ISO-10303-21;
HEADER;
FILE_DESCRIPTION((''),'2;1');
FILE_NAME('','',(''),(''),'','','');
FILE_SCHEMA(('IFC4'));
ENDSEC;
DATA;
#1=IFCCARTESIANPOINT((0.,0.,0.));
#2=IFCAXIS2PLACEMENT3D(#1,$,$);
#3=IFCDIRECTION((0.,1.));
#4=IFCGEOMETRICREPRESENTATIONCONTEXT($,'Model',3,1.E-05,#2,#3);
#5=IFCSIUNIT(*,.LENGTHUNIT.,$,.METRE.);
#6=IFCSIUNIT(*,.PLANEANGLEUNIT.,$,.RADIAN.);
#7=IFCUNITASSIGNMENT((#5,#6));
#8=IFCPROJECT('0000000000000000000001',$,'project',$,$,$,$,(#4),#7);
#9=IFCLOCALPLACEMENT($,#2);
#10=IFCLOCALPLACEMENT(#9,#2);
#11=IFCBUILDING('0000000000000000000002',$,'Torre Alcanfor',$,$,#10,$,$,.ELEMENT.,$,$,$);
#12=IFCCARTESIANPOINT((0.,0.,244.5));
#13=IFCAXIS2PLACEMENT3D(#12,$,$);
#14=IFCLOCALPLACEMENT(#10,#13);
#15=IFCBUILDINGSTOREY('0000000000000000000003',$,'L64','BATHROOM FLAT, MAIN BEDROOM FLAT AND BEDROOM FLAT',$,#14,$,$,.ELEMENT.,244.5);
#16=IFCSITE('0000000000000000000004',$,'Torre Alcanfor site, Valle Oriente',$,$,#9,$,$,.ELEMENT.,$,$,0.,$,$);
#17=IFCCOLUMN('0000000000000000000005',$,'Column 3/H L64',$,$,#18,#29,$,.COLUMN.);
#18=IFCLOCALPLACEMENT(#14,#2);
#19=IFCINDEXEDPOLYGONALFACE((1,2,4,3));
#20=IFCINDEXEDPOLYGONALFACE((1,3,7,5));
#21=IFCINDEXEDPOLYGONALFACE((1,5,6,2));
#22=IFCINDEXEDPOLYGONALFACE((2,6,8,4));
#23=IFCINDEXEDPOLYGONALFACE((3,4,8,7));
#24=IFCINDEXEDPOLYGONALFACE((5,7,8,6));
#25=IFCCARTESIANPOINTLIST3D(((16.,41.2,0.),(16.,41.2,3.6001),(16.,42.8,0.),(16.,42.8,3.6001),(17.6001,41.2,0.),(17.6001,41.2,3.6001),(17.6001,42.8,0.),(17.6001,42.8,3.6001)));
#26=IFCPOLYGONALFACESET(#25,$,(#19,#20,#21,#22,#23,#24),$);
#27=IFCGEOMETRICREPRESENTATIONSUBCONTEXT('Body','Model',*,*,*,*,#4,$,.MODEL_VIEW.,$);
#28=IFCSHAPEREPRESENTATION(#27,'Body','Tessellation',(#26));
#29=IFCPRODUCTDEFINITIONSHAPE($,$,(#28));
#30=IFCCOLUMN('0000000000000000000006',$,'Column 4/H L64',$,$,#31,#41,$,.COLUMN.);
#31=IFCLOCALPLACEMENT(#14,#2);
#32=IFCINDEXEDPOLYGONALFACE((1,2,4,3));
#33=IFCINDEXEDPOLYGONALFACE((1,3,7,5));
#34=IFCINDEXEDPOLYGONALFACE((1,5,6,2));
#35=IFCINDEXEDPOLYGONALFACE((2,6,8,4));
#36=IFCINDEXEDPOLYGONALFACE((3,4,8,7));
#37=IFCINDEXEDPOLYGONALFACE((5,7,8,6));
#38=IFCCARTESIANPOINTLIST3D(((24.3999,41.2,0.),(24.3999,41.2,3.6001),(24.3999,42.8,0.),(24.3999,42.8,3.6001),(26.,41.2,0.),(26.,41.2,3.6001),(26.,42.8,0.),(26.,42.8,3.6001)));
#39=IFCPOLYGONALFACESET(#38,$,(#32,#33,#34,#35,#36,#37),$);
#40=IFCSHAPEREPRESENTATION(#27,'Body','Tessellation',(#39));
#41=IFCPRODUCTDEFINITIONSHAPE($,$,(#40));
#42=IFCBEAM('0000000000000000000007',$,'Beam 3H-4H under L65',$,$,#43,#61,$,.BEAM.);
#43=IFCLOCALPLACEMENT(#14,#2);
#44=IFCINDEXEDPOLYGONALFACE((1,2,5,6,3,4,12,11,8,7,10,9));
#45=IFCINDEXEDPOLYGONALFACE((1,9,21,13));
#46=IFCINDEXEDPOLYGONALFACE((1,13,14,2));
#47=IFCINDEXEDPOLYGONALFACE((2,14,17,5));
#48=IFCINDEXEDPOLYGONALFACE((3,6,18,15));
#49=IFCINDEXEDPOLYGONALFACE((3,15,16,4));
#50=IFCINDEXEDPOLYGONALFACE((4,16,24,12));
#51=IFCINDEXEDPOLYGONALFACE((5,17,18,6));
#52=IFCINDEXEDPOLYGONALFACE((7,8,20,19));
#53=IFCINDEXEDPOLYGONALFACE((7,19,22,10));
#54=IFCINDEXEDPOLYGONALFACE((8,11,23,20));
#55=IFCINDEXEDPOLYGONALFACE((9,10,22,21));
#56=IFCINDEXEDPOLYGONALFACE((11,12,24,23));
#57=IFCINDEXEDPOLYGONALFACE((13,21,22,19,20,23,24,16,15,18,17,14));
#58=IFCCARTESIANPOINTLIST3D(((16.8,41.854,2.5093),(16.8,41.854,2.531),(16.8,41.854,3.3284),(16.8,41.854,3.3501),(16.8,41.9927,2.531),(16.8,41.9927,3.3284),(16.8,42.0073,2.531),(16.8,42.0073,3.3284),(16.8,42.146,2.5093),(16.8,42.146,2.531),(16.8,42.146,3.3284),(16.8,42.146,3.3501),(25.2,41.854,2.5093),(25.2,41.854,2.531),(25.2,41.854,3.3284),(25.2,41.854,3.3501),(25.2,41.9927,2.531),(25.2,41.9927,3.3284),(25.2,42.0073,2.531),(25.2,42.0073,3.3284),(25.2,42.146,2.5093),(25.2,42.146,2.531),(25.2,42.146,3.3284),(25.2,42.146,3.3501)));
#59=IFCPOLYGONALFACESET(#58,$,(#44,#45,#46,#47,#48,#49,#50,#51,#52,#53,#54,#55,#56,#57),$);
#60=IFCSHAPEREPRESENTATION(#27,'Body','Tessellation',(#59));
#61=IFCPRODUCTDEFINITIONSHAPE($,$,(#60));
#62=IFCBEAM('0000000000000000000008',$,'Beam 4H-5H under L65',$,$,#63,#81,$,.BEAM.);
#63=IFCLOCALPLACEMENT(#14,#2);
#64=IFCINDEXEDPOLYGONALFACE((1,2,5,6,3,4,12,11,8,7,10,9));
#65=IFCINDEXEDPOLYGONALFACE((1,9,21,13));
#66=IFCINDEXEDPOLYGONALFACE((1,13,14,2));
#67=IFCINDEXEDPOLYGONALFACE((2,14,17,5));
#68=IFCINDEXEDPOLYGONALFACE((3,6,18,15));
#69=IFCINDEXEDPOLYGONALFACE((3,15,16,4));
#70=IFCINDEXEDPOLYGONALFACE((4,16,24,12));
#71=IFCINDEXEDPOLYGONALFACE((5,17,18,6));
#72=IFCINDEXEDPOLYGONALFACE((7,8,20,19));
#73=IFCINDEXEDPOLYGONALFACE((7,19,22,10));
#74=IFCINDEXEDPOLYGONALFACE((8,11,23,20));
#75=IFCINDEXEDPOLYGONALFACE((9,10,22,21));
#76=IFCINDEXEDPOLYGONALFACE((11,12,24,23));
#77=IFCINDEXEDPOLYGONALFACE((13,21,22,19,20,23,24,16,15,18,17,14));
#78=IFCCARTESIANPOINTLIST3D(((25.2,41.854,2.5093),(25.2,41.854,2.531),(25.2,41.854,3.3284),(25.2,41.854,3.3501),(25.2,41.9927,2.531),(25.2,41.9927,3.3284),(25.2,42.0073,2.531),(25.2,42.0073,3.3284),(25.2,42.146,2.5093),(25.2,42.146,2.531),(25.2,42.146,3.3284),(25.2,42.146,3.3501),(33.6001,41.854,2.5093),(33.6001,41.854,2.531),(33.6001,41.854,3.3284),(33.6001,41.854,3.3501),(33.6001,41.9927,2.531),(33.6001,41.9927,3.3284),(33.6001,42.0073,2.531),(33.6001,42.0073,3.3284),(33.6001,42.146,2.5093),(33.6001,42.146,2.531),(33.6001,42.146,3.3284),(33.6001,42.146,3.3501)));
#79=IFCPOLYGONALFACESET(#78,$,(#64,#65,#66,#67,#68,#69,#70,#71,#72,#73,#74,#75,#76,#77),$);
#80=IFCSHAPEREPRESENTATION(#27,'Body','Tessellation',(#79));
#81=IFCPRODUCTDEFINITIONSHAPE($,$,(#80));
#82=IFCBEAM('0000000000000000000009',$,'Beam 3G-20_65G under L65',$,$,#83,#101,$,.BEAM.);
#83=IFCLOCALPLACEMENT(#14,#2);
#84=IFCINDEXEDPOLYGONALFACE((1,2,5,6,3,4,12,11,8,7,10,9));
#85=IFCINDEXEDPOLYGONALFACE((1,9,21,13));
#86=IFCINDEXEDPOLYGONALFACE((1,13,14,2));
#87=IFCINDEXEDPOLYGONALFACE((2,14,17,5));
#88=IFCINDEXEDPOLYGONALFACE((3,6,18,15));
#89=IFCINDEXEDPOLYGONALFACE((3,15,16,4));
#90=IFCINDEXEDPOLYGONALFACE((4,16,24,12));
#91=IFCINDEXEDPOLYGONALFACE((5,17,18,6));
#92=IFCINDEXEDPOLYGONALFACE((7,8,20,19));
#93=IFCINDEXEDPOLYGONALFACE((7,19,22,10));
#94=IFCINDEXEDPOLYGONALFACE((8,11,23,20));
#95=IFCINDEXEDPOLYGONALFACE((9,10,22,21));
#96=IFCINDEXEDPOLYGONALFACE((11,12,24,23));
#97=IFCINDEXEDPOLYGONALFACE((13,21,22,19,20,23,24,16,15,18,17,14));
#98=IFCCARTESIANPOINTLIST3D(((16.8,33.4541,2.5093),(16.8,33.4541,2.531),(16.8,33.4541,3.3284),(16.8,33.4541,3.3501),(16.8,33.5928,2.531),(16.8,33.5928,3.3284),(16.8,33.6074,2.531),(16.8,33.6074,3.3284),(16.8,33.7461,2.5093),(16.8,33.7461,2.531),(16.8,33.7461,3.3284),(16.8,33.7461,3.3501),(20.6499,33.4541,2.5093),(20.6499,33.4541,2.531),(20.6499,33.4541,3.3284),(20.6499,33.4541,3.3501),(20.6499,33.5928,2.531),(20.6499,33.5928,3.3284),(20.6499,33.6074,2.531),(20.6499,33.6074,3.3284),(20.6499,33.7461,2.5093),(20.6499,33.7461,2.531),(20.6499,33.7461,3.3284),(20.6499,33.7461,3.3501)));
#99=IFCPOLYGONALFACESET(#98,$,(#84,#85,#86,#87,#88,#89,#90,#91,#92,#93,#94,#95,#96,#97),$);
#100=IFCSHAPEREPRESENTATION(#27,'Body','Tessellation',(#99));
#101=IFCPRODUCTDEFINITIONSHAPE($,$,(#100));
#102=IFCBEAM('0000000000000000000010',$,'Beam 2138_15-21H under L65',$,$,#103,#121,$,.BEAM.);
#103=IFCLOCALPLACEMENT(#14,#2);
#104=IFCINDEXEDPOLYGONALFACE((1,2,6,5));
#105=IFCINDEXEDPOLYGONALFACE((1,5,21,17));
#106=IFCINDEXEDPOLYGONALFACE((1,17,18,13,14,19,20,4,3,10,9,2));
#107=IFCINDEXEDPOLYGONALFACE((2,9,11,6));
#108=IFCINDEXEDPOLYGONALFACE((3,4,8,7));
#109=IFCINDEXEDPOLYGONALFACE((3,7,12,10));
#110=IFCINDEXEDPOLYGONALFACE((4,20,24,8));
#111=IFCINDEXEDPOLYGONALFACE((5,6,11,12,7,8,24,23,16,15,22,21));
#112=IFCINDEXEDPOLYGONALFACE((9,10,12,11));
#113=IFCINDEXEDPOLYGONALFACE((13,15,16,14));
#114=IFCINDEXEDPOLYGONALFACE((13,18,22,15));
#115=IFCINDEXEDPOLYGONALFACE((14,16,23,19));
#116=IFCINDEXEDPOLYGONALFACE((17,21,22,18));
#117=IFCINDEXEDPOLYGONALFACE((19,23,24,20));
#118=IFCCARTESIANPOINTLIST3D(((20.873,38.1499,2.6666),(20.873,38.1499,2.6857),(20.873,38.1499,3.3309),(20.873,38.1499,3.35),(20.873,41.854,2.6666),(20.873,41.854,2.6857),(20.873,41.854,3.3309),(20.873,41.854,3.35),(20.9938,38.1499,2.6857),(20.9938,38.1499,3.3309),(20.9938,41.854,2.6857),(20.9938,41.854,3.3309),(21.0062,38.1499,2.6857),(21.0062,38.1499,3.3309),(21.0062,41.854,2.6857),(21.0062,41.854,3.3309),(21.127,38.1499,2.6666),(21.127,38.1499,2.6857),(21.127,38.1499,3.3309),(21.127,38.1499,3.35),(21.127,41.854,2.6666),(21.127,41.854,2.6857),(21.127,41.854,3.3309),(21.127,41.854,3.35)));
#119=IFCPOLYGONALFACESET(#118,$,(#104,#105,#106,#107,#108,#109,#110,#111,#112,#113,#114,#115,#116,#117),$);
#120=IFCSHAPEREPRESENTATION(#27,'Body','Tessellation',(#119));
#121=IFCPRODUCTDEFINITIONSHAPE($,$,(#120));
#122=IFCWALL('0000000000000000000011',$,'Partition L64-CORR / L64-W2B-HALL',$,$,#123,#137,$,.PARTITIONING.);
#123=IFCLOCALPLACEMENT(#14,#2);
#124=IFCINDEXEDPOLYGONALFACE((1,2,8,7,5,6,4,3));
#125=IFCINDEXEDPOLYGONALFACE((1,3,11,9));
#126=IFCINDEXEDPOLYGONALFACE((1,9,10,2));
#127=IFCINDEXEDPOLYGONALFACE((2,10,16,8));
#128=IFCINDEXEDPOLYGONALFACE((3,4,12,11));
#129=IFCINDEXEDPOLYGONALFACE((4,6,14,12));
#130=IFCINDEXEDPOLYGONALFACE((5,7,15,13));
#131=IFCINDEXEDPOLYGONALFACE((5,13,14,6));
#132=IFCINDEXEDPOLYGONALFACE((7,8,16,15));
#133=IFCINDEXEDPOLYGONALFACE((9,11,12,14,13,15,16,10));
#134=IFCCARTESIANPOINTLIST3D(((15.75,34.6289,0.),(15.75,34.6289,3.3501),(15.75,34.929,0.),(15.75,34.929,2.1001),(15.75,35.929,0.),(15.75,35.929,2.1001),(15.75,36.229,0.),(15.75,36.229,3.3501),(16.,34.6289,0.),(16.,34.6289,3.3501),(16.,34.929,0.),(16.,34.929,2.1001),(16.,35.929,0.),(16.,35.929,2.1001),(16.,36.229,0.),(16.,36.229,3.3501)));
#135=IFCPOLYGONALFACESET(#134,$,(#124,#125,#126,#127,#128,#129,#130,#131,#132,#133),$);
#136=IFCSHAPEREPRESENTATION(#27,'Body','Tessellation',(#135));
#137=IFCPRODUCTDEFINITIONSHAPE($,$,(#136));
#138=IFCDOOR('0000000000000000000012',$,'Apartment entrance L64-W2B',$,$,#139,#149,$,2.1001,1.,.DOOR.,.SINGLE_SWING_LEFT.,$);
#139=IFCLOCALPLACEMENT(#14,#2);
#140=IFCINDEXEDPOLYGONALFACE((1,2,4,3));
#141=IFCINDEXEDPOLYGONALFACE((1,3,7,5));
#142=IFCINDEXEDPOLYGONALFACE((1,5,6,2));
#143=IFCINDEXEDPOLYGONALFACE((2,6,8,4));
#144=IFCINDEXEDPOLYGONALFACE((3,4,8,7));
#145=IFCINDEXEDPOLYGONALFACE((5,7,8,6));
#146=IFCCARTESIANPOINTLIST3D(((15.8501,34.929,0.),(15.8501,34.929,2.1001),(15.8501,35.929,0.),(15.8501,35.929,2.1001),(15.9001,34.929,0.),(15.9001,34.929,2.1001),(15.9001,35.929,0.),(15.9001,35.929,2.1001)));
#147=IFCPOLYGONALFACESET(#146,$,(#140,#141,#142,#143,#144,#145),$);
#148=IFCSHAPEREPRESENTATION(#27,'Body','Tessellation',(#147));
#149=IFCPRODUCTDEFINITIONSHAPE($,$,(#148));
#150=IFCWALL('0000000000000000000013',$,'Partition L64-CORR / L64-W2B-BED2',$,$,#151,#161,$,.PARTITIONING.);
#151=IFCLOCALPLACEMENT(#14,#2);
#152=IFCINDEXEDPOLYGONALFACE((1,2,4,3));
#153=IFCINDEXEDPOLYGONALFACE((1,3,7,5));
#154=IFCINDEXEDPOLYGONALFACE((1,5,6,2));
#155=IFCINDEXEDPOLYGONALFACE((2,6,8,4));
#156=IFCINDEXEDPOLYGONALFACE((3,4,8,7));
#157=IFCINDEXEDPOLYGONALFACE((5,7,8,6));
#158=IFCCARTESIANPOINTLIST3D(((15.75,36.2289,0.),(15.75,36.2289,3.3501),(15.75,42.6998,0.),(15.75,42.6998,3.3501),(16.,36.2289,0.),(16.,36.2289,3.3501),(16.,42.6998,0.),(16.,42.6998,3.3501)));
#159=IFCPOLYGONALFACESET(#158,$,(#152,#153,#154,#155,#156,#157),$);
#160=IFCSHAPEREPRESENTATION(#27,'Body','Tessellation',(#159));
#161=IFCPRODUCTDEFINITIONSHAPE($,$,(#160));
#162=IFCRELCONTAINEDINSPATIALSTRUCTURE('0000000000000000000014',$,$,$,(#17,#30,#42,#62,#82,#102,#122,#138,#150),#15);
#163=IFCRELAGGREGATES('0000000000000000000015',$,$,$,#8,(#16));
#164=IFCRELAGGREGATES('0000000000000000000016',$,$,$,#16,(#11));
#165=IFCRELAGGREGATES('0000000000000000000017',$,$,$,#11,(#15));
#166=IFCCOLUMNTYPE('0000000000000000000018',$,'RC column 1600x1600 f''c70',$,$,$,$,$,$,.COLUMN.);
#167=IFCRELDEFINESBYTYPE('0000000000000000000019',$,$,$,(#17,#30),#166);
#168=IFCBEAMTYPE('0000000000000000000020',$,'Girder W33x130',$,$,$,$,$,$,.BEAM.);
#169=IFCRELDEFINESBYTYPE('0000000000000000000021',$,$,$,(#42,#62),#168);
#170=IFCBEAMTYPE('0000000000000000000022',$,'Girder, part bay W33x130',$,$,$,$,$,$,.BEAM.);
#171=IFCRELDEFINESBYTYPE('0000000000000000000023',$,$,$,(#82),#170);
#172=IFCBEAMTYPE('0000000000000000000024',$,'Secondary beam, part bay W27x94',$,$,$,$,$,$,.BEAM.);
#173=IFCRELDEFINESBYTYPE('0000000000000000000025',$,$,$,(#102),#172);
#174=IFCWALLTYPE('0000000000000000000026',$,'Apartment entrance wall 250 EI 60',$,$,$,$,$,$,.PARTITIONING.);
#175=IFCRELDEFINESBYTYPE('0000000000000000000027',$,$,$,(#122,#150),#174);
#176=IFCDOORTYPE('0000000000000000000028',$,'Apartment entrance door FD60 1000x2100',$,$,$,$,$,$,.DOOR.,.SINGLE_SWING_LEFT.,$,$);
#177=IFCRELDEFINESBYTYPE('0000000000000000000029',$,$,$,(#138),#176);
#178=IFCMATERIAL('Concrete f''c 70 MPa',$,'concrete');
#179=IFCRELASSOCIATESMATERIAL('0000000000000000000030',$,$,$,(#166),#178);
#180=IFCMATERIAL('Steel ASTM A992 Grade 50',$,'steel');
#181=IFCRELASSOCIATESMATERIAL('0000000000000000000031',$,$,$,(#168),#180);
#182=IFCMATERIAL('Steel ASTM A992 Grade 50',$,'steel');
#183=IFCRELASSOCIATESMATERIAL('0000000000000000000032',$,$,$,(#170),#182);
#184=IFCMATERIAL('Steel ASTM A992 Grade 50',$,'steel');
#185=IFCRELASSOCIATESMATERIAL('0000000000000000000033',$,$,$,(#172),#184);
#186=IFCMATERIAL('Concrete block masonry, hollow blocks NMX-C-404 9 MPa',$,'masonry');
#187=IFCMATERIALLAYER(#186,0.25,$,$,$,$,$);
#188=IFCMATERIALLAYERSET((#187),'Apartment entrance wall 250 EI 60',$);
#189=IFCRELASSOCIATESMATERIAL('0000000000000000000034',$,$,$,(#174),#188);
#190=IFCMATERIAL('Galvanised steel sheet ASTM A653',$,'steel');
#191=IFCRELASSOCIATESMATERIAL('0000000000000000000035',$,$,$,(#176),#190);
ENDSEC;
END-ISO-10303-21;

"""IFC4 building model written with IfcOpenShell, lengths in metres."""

from ifc_helpers import new_model, si_unit, direction, frame, frame_2d, origin, origin_2d, place, context, subcontext, project, spatial, rectangle, i_section, extrude, material, layer, layer_set, material_profile, profile_set, type_object, element, fill, save


model = new_model("IFC4")

# Units and contexts
model_context = context("Model", 3, precision=1e-05, world=origin(), true_north=direction((0.0, 1.0)))
body_context = subcontext(model_context, "Body", "Model", "MODEL_VIEW")
ifc_project = project(units=[si_unit("LENGTHUNIT", "METRE"), si_unit("PLANEANGLEUNIT", "RADIAN")], contexts=[model_context])

# Site, building, storey
site_placement = place(None, origin())
site = spatial("IfcSite", under=ifc_project, at=site_placement, Name="Torre Alcanfor site, Valle Oriente", CompositionType="ELEMENT", RefElevation=0.0)
building_placement = place(site_placement, origin())
building = spatial("IfcBuilding", under=site, at=building_placement, Name="Torre Alcanfor", CompositionType="ELEMENT")
storey_placement = place(building_placement, frame((0.0, 0.0, 244.5)))
storey = spatial("IfcBuildingStorey", under=building, at=storey_placement, Name="L64", Description="BATHROOM FLAT, MAIN BEDROOM FLAT AND BEDROOM FLAT", CompositionType="ELEMENT", Elevation=244.5)

# Columns
ifc_material_1 = material(Name="Concrete f'c 70 MPa", Category="concrete")
ifc_material_profile_1 = material_profile(ifc_material_1, rectangle(XDim=1.6001, YDim=1.6001, at=origin_2d()), Name="1600x1600")
ifc_profile_set_1 = profile_set([ifc_material_profile_1], Name="Concrete f'c 70 MPa")
column_type = type_object("IfcColumnType", Name="RC column 1600x1600 f'c70", PredefinedType="COLUMN", material=ifc_profile_set_1)
for number, where, z_axis, x_axis, name in (
    (1, (16.8, 42.0, 0.0), (0.0, 0.0, 1.0), (1.0, 0.0, 0.0), "Column 3/H L64"),
    (2, (25.2, 42.0, 0.0), (0.0, 0.0, 1.0), (1.0, 0.0, 0.0), "Column 4/H L64"),
):
    element("IfcColumn", number, at=place(storey_placement, frame(where, z_axis=z_axis, x_axis=x_axis)), inside=storey, type_object=column_type, Name=name, PredefinedType="COLUMN", context=body_context, shape_type="SweptSolid", body=[
        extrude(rectangle(XDim=1.6001, YDim=1.6001, at=origin_2d()), origin(), (0.0, 0.0, 1.0), 3.6001),
    ])

# Beams
ifc_material_2 = material(Name="Steel ASTM A992 Grade 50", Category="steel")
ifc_material_profile_2 = material_profile(ifc_material_2, i_section(OverallWidth=0.292, OverallDepth=0.8408, WebThickness=0.0146, FlangeThickness=0.0217, at=origin_2d()), Name="W33x130")
ifc_profile_set_2 = profile_set([ifc_material_profile_2], Name="Steel ASTM A992 Grade 50")
beam_type_1 = type_object("IfcBeamType", Name="Girder W33x130", PredefinedType="BEAM", material=ifc_profile_set_2)
beam_1_placement = place(storey_placement, frame((16.8, 42.0, 2.9297), z_axis=(1.0, 0.0, 0.0), x_axis=(0.0, 1.0, 0.0)))
element("IfcBeam", 3, at=beam_1_placement, inside=storey, type_object=beam_type_1, Name="Beam 3H-4H under L65", PredefinedType="BEAM", context=body_context, shape_type="SweptSolid", body=[
    extrude(i_section(OverallWidth=0.292, OverallDepth=0.8408, WebThickness=0.0146, FlangeThickness=0.0217, at=origin_2d()), origin(), (0.0, 0.0, 1.0), 8.3999),
])
beam_2_placement = place(storey_placement, frame((25.2, 42.0, 2.9297), z_axis=(1.0, 0.0, 0.0), x_axis=(0.0, 1.0, 0.0)))
element("IfcBeam", 4, at=beam_2_placement, inside=storey, type_object=beam_type_1, Name="Beam 4H-5H under L65", PredefinedType="BEAM", context=body_context, shape_type="SweptSolid", body=[
    extrude(i_section(OverallWidth=0.292, OverallDepth=0.8408, WebThickness=0.0146, FlangeThickness=0.0217, at=origin_2d()), origin(), (0.0, 0.0, 1.0), 8.4001),
])
ifc_material_3 = material(Name="Steel ASTM A992 Grade 50", Category="steel")
ifc_material_profile_3 = material_profile(ifc_material_3, i_section(OverallWidth=0.292, OverallDepth=0.8408, WebThickness=0.0146, FlangeThickness=0.0217, at=origin_2d()), Name="W33x130")
ifc_profile_set_3 = profile_set([ifc_material_profile_3], Name="Steel ASTM A992 Grade 50")
beam_type_2 = type_object("IfcBeamType", Name="Girder, part bay W33x130", PredefinedType="BEAM", material=ifc_profile_set_3)
beam_3_placement = place(storey_placement, frame((16.8, 33.6001, 2.9297), z_axis=(1.0, 0.0, 0.0), x_axis=(0.0, 1.0, 0.0)))
element("IfcBeam", 5, at=beam_3_placement, inside=storey, type_object=beam_type_2, Name="Beam 3G-20_65G under L65", PredefinedType="BEAM", context=body_context, shape_type="SweptSolid", body=[
    extrude(i_section(OverallWidth=0.292, OverallDepth=0.8408, WebThickness=0.0146, FlangeThickness=0.0217, at=origin_2d()), origin(), (0.0, 0.0, 1.0), 3.8499),
])
ifc_material_4 = material(Name="Steel ASTM A992 Grade 50", Category="steel")
ifc_material_profile_4 = material_profile(ifc_material_4, i_section(OverallWidth=0.2539, OverallDepth=0.6833, WebThickness=0.0125, FlangeThickness=0.019, at=origin_2d()), Name="W27x94")
ifc_profile_set_4 = profile_set([ifc_material_profile_4], Name="Steel ASTM A992 Grade 50")
beam_type_3 = type_object("IfcBeamType", Name="Secondary beam, part bay W27x94", PredefinedType="BEAM", material=ifc_profile_set_4)
beam_4_placement = place(storey_placement, frame((21.0, 38.1499, 3.0083), z_axis=(0.0, 1.0, 0.0), x_axis=(-1.0, 0.0, 0.0)))
element("IfcBeam", 6, at=beam_4_placement, inside=storey, type_object=beam_type_3, Name="Beam 2138_15-21H under L65", PredefinedType="BEAM", context=body_context, shape_type="SweptSolid", body=[
    extrude(i_section(OverallWidth=0.2539, OverallDepth=0.6833, WebThickness=0.0125, FlangeThickness=0.019, at=origin_2d()), origin(), (0.0, 0.0, 1.0), 3.7041),
])

# Wall, opening, door
ifc_material_5 = material(Name="Concrete block masonry, hollow blocks NMX-C-404 9 MPa", Category="masonry")
ifc_layer_1 = layer(ifc_material_5, 0.25)
ifc_layer_set_1 = layer_set([ifc_layer_1], Name="Apartment entrance wall 250 EI 60")
wall_type_1 = type_object("IfcWallType", Name="Apartment entrance wall 250 EI 60", PredefinedType="PARTITIONING", material=ifc_layer_set_1)
wall_1_placement = place(storey_placement, frame((15.875, 34.6289, 0.0), z_axis=(0.0, 0.0, 1.0), x_axis=(0.0, 1.0, 0.0)))
wall_1 = element("IfcWall", 7, at=wall_1_placement, inside=storey, type_object=wall_type_1, Name="Partition L64-CORR / L64-W2B-HALL", PredefinedType="PARTITIONING", context=body_context, shape_type="SweptSolid", body=[
    extrude(rectangle(XDim=1.6001, YDim=0.25, at=frame_2d((0.8, 0.0))), origin(), (0.0, 0.0, 1.0), 3.3501),
])
opening_1_placement = place(wall_1_placement, frame((0.3, 0.0, 0.0)))
opening_1 = element("IfcOpeningElement", 8, at=opening_1_placement, cuts=wall_1, PredefinedType="OPENING", context=body_context, shape_type="SweptSolid", body=[
    extrude(rectangle(XDim=1.0, YDim=2.1001, at=frame_2d((0.5, 1.05))), frame((0.0, 0.135, 0.0), z_axis=(0.0, -1.0, 0.0), x_axis=(1.0, 0.0, 0.0)), (0.0, 0.0, 1.0), 0.27),
])
ifc_material_6 = material(Name="Galvanised steel sheet ASTM A653", Category="steel")
door_type_1 = type_object("IfcDoorType", Name="Apartment entrance door FD60 1000x2100", OperationType="SINGLE_SWING_LEFT", PredefinedType="DOOR", material=ifc_material_6)
door_1_placement = place(opening_1_placement, origin())
door_1 = element("IfcDoor", 9, at=door_1_placement, inside=storey, type_object=door_type_1, Name="Apartment entrance L64-W2B", OperationType="SINGLE_SWING_LEFT", OverallHeight=2.1001, OverallWidth=1.0, PredefinedType="DOOR", context=body_context, shape_type="SweptSolid", body=[
    extrude(rectangle(XDim=1.0, YDim=2.1001, at=frame_2d((0.5, 1.05))), frame((0.0, 0.0249, 0.0), z_axis=(0.0, -1.0, 0.0), x_axis=(1.0, 0.0, 0.0)), (0.0, 0.0, 1.0), 0.05),
])
fill(opening_1, door_1)

# Wall
wall_2_placement = place(storey_placement, frame((15.875, 36.229, 0.0), z_axis=(0.0, 0.0, 1.0), x_axis=(0.0, 1.0, 0.0)))
element("IfcWall", 10, at=wall_2_placement, inside=storey, type_object=wall_type_1, Name="Partition L64-CORR / L64-W2B-BED2", PredefinedType="PARTITIONING", context=body_context, shape_type="SweptSolid", body=[
    extrude(rectangle(XDim=6.4709, YDim=0.25, at=frame_2d((3.2354, 0.0))), origin(), (0.0, 0.0, 1.0), 3.3501),
])

save(model, "model.ifc")
